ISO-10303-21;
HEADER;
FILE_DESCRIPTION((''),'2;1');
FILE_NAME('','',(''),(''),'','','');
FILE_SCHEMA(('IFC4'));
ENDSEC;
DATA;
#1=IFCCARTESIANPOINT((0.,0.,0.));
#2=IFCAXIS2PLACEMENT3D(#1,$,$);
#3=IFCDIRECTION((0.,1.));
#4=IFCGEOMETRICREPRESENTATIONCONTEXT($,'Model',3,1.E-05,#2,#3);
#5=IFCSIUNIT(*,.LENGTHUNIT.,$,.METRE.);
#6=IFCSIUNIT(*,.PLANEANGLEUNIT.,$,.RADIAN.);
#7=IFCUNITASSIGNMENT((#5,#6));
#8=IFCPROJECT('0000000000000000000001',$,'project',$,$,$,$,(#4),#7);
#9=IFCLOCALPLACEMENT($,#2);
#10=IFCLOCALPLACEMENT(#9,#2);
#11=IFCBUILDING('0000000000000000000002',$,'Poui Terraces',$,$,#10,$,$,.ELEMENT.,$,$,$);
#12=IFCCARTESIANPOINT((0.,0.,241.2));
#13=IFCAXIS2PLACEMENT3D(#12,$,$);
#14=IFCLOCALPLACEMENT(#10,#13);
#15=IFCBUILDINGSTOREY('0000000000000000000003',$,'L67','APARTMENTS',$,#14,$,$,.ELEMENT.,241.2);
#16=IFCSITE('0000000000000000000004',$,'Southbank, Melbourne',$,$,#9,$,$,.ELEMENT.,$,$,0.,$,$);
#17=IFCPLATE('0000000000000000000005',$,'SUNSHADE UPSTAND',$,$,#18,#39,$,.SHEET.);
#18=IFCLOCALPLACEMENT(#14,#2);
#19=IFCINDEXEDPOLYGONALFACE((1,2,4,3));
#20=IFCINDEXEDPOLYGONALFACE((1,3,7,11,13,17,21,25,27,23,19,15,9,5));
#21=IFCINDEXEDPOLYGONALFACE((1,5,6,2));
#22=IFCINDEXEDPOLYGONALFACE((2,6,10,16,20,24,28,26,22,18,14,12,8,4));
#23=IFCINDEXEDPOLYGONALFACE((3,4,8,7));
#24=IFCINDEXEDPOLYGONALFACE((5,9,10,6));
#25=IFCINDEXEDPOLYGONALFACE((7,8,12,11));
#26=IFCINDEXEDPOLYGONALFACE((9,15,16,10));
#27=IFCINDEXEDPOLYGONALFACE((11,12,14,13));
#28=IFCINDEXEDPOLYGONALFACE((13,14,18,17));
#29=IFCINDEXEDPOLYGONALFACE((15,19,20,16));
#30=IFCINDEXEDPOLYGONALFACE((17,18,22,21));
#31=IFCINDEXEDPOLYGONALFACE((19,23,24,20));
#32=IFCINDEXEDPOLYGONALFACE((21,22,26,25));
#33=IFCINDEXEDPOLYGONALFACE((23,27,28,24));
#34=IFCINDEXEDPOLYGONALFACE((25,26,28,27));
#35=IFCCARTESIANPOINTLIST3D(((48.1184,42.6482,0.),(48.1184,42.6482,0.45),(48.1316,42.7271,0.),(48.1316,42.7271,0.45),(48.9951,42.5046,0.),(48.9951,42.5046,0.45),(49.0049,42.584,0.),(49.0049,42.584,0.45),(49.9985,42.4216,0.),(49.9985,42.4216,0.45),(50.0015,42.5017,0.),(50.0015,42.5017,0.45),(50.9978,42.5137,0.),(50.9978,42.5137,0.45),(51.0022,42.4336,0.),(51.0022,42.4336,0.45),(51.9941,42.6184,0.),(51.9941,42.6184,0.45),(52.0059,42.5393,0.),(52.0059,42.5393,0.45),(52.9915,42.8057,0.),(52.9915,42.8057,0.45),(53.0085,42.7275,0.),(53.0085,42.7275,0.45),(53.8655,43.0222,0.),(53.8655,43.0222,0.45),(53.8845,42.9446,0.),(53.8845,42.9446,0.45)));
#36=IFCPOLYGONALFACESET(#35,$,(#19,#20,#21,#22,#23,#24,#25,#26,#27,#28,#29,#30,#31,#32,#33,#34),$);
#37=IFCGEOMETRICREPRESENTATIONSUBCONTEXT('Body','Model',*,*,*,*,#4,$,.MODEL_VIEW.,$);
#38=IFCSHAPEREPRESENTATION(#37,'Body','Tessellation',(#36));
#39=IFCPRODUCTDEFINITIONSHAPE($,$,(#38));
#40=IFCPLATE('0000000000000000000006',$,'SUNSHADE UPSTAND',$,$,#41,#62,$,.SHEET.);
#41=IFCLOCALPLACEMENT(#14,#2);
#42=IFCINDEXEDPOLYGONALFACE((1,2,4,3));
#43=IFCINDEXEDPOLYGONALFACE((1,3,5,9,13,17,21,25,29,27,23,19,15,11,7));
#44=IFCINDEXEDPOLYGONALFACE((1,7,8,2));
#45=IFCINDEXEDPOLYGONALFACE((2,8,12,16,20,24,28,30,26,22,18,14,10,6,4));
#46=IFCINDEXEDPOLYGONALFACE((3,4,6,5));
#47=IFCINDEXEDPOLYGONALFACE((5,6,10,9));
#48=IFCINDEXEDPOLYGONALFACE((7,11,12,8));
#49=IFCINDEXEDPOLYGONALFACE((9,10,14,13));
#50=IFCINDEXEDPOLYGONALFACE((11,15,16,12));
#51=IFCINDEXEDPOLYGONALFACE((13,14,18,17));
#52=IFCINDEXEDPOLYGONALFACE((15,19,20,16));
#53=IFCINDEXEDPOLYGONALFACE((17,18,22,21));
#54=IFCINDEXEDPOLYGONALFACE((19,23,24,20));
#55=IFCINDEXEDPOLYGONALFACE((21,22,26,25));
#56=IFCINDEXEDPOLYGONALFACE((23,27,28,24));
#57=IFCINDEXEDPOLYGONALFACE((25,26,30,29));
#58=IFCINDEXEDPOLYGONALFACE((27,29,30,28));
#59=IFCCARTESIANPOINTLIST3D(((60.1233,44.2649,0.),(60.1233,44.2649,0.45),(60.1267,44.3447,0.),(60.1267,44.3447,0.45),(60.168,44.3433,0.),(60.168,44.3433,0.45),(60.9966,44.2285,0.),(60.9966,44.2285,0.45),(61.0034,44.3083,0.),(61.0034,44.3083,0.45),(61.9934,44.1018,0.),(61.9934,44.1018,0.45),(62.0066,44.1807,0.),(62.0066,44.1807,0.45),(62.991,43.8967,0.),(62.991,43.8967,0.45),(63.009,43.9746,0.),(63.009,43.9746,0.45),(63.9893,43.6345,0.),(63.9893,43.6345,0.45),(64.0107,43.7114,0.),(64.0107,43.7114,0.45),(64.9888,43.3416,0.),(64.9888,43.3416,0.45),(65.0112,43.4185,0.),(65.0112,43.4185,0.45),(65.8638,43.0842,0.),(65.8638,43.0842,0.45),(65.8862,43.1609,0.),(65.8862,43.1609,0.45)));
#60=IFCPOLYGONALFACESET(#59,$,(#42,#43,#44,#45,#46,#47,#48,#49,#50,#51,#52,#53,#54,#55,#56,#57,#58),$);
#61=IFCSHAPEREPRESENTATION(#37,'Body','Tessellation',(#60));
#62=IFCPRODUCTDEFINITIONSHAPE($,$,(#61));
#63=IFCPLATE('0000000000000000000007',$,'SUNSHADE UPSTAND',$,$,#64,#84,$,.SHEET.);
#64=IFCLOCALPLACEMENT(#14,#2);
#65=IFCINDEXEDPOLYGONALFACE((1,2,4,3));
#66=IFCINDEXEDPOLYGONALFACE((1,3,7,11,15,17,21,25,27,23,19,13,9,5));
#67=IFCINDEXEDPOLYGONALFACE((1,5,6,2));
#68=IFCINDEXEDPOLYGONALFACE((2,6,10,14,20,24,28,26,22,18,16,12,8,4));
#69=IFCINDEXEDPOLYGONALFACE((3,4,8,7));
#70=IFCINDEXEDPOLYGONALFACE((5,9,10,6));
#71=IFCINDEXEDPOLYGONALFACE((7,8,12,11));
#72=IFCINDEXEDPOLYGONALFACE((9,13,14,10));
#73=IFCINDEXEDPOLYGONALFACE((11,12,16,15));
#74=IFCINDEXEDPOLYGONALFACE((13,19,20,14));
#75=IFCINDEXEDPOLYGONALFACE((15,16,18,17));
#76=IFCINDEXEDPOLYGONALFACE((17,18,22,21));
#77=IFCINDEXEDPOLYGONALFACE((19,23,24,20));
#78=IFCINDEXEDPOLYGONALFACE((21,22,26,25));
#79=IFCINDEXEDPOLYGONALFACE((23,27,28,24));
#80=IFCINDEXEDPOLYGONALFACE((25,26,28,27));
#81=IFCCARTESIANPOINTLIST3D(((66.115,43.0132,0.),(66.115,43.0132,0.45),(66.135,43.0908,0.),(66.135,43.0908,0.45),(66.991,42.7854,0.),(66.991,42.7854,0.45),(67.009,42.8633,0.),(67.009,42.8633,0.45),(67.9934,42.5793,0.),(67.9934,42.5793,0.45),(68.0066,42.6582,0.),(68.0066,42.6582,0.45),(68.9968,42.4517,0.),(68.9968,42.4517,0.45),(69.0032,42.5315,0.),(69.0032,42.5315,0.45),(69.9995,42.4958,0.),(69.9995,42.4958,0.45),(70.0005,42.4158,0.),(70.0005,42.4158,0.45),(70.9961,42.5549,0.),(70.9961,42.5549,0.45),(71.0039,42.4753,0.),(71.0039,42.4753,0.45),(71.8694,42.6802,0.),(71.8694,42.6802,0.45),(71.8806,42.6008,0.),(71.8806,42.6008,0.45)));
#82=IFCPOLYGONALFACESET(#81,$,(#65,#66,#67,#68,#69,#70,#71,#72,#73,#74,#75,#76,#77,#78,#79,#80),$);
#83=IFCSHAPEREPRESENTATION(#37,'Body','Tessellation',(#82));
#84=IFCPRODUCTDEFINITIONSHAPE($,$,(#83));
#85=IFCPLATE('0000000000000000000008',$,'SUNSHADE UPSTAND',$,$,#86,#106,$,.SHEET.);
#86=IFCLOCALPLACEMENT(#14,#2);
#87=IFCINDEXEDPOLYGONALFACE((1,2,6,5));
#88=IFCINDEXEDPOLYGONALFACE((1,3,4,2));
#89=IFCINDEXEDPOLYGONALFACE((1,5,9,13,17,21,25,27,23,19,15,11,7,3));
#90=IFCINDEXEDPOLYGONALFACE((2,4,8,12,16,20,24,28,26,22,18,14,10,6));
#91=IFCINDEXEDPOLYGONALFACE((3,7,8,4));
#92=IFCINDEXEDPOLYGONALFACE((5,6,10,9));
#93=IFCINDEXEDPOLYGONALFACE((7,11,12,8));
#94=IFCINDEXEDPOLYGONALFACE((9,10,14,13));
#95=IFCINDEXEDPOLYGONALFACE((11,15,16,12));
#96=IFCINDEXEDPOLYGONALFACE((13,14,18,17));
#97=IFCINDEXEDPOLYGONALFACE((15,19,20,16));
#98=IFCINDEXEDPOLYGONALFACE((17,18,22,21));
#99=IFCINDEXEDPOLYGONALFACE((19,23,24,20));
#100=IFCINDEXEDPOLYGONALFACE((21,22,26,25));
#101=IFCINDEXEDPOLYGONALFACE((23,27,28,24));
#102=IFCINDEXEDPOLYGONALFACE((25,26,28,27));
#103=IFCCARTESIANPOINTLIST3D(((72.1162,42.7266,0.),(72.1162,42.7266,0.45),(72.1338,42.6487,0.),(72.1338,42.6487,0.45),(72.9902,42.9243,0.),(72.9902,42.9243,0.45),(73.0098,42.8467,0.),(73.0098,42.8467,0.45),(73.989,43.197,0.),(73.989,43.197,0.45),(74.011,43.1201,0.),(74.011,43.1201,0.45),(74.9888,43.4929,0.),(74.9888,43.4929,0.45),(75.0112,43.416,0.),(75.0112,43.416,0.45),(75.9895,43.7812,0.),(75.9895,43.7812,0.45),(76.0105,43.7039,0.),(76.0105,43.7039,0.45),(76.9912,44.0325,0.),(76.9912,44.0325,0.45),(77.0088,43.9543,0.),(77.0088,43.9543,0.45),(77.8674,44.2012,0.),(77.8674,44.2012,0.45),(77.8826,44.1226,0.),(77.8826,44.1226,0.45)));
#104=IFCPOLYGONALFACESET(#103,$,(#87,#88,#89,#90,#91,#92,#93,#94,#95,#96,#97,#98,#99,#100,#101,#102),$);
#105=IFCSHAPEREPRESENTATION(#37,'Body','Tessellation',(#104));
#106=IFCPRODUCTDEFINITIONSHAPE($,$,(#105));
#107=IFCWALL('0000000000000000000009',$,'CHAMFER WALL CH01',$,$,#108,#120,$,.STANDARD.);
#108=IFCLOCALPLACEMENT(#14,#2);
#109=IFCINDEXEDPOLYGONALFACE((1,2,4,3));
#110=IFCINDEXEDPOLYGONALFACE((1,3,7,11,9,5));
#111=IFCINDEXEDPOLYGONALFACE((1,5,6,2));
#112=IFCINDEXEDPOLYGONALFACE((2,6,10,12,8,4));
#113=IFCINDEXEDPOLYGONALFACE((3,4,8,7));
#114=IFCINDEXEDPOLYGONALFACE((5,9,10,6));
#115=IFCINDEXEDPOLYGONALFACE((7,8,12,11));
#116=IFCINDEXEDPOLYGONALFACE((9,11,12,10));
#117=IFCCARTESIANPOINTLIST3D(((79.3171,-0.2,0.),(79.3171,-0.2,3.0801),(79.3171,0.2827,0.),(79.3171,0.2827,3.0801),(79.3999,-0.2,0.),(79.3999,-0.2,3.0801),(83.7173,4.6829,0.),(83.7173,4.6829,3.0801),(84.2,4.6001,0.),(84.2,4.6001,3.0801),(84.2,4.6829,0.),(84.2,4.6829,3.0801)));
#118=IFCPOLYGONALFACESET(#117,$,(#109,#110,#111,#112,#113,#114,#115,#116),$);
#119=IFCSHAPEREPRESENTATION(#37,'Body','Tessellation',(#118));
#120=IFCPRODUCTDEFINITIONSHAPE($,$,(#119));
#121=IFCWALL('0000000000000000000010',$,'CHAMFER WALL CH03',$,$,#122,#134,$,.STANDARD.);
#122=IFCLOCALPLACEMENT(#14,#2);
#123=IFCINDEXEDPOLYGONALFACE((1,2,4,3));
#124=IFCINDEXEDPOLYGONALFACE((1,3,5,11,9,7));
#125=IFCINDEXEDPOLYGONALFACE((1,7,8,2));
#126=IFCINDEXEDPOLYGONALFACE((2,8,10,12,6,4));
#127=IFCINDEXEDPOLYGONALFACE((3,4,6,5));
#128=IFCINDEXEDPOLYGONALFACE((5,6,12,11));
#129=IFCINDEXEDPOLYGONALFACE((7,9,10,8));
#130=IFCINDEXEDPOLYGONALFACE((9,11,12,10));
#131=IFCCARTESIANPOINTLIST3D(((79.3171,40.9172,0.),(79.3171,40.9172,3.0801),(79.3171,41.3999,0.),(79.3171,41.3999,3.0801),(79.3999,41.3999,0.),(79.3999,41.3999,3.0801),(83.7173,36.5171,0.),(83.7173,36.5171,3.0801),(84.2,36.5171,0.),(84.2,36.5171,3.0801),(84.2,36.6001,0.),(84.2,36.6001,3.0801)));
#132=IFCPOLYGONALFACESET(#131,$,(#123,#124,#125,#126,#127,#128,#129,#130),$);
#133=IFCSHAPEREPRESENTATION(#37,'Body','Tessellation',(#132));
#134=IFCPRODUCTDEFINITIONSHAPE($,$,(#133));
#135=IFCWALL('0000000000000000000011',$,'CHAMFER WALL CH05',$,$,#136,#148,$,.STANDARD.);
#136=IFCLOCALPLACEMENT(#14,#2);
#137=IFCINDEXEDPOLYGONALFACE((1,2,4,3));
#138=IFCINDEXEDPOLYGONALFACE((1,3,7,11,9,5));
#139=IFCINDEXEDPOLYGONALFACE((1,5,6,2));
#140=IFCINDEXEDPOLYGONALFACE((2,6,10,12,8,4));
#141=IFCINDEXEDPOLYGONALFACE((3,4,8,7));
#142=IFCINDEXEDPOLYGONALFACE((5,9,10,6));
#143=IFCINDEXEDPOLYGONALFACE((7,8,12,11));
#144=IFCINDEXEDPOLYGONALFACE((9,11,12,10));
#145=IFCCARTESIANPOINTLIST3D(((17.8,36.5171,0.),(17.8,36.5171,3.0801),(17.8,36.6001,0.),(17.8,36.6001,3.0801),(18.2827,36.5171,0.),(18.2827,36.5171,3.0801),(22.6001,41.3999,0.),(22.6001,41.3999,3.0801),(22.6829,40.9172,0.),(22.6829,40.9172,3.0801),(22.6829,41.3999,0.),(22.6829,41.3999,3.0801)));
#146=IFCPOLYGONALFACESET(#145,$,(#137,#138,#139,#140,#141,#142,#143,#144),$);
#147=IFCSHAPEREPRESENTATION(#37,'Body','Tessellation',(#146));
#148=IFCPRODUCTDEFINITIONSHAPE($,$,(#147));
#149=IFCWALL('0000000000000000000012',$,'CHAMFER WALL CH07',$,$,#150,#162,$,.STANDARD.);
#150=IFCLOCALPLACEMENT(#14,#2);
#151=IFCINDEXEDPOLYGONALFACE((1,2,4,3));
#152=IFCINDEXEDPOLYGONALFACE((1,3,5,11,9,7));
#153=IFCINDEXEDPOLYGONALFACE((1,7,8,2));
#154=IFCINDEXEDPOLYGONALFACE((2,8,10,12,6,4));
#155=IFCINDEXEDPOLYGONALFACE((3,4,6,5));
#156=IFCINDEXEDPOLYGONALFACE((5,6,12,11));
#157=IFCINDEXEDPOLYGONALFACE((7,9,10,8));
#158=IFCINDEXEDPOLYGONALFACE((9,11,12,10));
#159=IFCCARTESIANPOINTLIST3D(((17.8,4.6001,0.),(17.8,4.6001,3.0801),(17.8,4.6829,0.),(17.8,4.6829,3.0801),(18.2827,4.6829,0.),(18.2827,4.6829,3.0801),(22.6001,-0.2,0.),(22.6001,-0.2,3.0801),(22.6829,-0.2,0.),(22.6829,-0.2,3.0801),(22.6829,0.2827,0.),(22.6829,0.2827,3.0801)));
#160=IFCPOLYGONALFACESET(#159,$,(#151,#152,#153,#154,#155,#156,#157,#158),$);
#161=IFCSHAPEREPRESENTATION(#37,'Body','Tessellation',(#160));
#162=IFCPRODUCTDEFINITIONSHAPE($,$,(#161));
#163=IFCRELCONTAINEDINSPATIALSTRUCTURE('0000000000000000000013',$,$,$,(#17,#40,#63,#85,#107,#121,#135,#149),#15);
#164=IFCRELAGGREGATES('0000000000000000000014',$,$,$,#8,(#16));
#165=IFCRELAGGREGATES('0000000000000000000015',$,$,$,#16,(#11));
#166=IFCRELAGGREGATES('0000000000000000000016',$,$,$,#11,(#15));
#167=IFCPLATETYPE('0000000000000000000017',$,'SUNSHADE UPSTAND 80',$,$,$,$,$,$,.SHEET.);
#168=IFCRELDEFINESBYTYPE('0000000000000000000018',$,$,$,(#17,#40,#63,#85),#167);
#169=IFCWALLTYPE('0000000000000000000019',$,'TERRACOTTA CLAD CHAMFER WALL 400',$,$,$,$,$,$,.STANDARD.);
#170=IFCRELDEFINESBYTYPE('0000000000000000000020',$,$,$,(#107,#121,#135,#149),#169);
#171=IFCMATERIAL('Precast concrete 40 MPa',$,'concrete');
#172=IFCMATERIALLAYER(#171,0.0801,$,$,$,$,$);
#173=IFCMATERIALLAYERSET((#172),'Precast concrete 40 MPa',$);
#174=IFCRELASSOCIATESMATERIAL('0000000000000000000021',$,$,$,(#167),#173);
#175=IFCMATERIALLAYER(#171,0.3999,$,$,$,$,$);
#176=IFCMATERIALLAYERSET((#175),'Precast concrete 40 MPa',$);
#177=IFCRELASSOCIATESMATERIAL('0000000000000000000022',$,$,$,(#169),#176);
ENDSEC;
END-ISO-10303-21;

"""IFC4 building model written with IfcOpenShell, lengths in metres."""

from ifc_helpers import new_model, si_unit, direction, frame, origin, place, context, subcontext, project, spatial, polyline, outline, extrude, material, layer, layer_set, type_object, element, save


model = new_model("IFC4")

# Units and contexts
model_context = context("Model", 3, precision=1e-05, world=origin(), true_north=direction((0.0, 1.0)))
body_context = subcontext(model_context, "Body", "Model", "MODEL_VIEW")
ifc_project = project(units=[si_unit("LENGTHUNIT", "METRE"), si_unit("PLANEANGLEUNIT", "RADIAN")], contexts=[model_context])

# Site, building, storey
site_placement = place(None, origin())
site = spatial("IfcSite", under=ifc_project, at=site_placement, Name="Southbank, Melbourne", CompositionType="ELEMENT", RefElevation=0.0)
building_placement = place(site_placement, origin())
building = spatial("IfcBuilding", under=site, at=building_placement, Name="Poui Terraces", CompositionType="ELEMENT")
storey_placement = place(building_placement, frame((0.0, 0.0, 241.2)))
storey = spatial("IfcBuildingStorey", under=building, at=storey_placement, Name="L67", Description="APARTMENTS", CompositionType="ELEMENT", Elevation=241.2)

# Shared definitions
ifc_material_1 = material(Name="Precast concrete 40 MPa", Category="concrete")

# Plates
ifc_layer_1 = layer(ifc_material_1, 0.0801)
ifc_layer_set_1 = layer_set([ifc_layer_1], Name="Precast concrete 40 MPa")
plate_type = type_object("IfcPlateType", Name="SUNSHADE UPSTAND 80", PredefinedType="SHEET", material=ifc_layer_set_1)
plate_1_placement = place(storey_placement, origin())
element("IfcPlate", 1, at=plate_1_placement, inside=storey, type_object=plate_type, Name="SUNSHADE UPSTAND", PredefinedType="SHEET", context=body_context, shape_type="SweptSolid", body=[
    extrude(outline(polyline([(49.0049, 42.584), (48.1316, 42.7271), (48.1184, 42.6482), (48.9951, 42.5046), (49.9985, 42.4216), (51.0022, 42.4336), (52.0059, 42.5393), (53.0085, 42.7275), (53.8845, 42.9446), (53.8655, 43.0222), (52.9915, 42.8057), (51.9941, 42.6184), (50.9978, 42.5137), (50.0015, 42.5017), (49.0049, 42.584)])), origin(), (0.0, 0.0, 1.0), 0.45),
])
plate_2_placement = place(storey_placement, origin())
element("IfcPlate", 2, at=plate_2_placement, inside=storey, type_object=plate_type, Name="SUNSHADE UPSTAND", PredefinedType="SHEET", context=body_context, shape_type="SweptSolid", body=[
    extrude(outline(polyline([(61.0034, 44.3083), (60.168, 44.3433), (60.1267, 44.3447), (60.1233, 44.2649), (60.9966, 44.2285), (61.9934, 44.1018), (62.991, 43.8967), (63.9893, 43.6345), (64.9888, 43.3416), (65.8638, 43.0842), (65.8862, 43.1609), (65.0112, 43.4185), (64.0107, 43.7114), (63.009, 43.9746), (62.0066, 44.1807), (61.0034, 44.3083)])), origin(), (0.0, 0.0, 1.0), 0.45),
])
plate_3_placement = place(storey_placement, origin())
element("IfcPlate", 3, at=plate_3_placement, inside=storey, type_object=plate_type, Name="SUNSHADE UPSTAND", PredefinedType="SHEET", context=body_context, shape_type="SweptSolid", body=[
    extrude(outline(polyline([(67.009, 42.8633), (66.135, 43.0908), (66.115, 43.0132), (66.991, 42.7854), (67.9934, 42.5793), (68.9968, 42.4517), (70.0005, 42.4158), (71.0039, 42.4753), (71.8806, 42.6008), (71.8694, 42.6802), (70.9961, 42.5549), (69.9995, 42.4958), (69.0032, 42.5315), (68.0066, 42.6582), (67.009, 42.8633)])), origin(), (0.0, 0.0, 1.0), 0.45),
])
plate_4_placement = place(storey_placement, origin())
element("IfcPlate", 4, at=plate_4_placement, inside=storey, type_object=plate_type, Name="SUNSHADE UPSTAND", PredefinedType="SHEET", context=body_context, shape_type="SweptSolid", body=[
    extrude(outline(polyline([(72.9902, 42.9243), (72.1162, 42.7266), (72.1338, 42.6487), (73.0098, 42.8467), (74.011, 43.1201), (75.0112, 43.416), (76.0105, 43.7039), (77.0088, 43.9543), (77.8826, 44.1226), (77.8674, 44.2012), (76.9912, 44.0325), (75.9895, 43.7812), (74.9888, 43.4929), (73.989, 43.197), (72.9902, 42.9243)])), origin(), (0.0, 0.0, 1.0), 0.45),
])

# Walls
ifc_layer_2 = layer(ifc_material_1, 0.3999)
ifc_layer_set_2 = layer_set([ifc_layer_2], Name="Precast concrete 40 MPa")
wall_type = type_object("IfcWallType", Name="TERRACOTTA CLAD CHAMFER WALL 400", PredefinedType="STANDARD", material=ifc_layer_set_2)
wall_1_placement = place(storey_placement, origin())
element("IfcWall", 5, at=wall_1_placement, inside=storey, type_object=wall_type, Name="CHAMFER WALL CH01", PredefinedType="STANDARD", context=body_context, shape_type="SweptSolid", body=[
    extrude(outline(polyline([(79.3171, -0.2), (79.3999, -0.2), (84.2, 4.6001), (84.2, 4.6829), (83.7173, 4.6829), (79.3171, 0.2827), (79.3171, -0.2)])), origin(), (0.0, 0.0, 1.0), 3.0801),
])
wall_2_placement = place(storey_placement, origin())
element("IfcWall", 6, at=wall_2_placement, inside=storey, type_object=wall_type, Name="CHAMFER WALL CH03", PredefinedType="STANDARD", context=body_context, shape_type="SweptSolid", body=[
    extrude(outline(polyline([(84.2, 36.5171), (84.2, 36.6001), (79.3999, 41.3999), (79.3171, 41.3999), (79.3171, 40.9172), (83.7173, 36.5171), (84.2, 36.5171)])), origin(), (0.0, 0.0, 1.0), 3.0801),
])
wall_3_placement = place(storey_placement, origin())
element("IfcWall", 7, at=wall_3_placement, inside=storey, type_object=wall_type, Name="CHAMFER WALL CH05", PredefinedType="STANDARD", context=body_context, shape_type="SweptSolid", body=[
    extrude(outline(polyline([(22.6829, 41.3999), (22.6001, 41.3999), (17.8, 36.6001), (17.8, 36.5171), (18.2827, 36.5171), (22.6829, 40.9172), (22.6829, 41.3999)])), origin(), (0.0, 0.0, 1.0), 3.0801),
])
wall_4_placement = place(storey_placement, origin())
element("IfcWall", 8, at=wall_4_placement, inside=storey, type_object=wall_type, Name="CHAMFER WALL CH07", PredefinedType="STANDARD", context=body_context, shape_type="SweptSolid", body=[
    extrude(outline(polyline([(17.8, 4.6829), (17.8, 4.6001), (22.6001, -0.2), (22.6829, -0.2), (22.6829, 0.2827), (18.2827, 4.6829), (17.8, 4.6829)])), origin(), (0.0, 0.0, 1.0), 3.0801),
])

save(model, "model.ifc")
